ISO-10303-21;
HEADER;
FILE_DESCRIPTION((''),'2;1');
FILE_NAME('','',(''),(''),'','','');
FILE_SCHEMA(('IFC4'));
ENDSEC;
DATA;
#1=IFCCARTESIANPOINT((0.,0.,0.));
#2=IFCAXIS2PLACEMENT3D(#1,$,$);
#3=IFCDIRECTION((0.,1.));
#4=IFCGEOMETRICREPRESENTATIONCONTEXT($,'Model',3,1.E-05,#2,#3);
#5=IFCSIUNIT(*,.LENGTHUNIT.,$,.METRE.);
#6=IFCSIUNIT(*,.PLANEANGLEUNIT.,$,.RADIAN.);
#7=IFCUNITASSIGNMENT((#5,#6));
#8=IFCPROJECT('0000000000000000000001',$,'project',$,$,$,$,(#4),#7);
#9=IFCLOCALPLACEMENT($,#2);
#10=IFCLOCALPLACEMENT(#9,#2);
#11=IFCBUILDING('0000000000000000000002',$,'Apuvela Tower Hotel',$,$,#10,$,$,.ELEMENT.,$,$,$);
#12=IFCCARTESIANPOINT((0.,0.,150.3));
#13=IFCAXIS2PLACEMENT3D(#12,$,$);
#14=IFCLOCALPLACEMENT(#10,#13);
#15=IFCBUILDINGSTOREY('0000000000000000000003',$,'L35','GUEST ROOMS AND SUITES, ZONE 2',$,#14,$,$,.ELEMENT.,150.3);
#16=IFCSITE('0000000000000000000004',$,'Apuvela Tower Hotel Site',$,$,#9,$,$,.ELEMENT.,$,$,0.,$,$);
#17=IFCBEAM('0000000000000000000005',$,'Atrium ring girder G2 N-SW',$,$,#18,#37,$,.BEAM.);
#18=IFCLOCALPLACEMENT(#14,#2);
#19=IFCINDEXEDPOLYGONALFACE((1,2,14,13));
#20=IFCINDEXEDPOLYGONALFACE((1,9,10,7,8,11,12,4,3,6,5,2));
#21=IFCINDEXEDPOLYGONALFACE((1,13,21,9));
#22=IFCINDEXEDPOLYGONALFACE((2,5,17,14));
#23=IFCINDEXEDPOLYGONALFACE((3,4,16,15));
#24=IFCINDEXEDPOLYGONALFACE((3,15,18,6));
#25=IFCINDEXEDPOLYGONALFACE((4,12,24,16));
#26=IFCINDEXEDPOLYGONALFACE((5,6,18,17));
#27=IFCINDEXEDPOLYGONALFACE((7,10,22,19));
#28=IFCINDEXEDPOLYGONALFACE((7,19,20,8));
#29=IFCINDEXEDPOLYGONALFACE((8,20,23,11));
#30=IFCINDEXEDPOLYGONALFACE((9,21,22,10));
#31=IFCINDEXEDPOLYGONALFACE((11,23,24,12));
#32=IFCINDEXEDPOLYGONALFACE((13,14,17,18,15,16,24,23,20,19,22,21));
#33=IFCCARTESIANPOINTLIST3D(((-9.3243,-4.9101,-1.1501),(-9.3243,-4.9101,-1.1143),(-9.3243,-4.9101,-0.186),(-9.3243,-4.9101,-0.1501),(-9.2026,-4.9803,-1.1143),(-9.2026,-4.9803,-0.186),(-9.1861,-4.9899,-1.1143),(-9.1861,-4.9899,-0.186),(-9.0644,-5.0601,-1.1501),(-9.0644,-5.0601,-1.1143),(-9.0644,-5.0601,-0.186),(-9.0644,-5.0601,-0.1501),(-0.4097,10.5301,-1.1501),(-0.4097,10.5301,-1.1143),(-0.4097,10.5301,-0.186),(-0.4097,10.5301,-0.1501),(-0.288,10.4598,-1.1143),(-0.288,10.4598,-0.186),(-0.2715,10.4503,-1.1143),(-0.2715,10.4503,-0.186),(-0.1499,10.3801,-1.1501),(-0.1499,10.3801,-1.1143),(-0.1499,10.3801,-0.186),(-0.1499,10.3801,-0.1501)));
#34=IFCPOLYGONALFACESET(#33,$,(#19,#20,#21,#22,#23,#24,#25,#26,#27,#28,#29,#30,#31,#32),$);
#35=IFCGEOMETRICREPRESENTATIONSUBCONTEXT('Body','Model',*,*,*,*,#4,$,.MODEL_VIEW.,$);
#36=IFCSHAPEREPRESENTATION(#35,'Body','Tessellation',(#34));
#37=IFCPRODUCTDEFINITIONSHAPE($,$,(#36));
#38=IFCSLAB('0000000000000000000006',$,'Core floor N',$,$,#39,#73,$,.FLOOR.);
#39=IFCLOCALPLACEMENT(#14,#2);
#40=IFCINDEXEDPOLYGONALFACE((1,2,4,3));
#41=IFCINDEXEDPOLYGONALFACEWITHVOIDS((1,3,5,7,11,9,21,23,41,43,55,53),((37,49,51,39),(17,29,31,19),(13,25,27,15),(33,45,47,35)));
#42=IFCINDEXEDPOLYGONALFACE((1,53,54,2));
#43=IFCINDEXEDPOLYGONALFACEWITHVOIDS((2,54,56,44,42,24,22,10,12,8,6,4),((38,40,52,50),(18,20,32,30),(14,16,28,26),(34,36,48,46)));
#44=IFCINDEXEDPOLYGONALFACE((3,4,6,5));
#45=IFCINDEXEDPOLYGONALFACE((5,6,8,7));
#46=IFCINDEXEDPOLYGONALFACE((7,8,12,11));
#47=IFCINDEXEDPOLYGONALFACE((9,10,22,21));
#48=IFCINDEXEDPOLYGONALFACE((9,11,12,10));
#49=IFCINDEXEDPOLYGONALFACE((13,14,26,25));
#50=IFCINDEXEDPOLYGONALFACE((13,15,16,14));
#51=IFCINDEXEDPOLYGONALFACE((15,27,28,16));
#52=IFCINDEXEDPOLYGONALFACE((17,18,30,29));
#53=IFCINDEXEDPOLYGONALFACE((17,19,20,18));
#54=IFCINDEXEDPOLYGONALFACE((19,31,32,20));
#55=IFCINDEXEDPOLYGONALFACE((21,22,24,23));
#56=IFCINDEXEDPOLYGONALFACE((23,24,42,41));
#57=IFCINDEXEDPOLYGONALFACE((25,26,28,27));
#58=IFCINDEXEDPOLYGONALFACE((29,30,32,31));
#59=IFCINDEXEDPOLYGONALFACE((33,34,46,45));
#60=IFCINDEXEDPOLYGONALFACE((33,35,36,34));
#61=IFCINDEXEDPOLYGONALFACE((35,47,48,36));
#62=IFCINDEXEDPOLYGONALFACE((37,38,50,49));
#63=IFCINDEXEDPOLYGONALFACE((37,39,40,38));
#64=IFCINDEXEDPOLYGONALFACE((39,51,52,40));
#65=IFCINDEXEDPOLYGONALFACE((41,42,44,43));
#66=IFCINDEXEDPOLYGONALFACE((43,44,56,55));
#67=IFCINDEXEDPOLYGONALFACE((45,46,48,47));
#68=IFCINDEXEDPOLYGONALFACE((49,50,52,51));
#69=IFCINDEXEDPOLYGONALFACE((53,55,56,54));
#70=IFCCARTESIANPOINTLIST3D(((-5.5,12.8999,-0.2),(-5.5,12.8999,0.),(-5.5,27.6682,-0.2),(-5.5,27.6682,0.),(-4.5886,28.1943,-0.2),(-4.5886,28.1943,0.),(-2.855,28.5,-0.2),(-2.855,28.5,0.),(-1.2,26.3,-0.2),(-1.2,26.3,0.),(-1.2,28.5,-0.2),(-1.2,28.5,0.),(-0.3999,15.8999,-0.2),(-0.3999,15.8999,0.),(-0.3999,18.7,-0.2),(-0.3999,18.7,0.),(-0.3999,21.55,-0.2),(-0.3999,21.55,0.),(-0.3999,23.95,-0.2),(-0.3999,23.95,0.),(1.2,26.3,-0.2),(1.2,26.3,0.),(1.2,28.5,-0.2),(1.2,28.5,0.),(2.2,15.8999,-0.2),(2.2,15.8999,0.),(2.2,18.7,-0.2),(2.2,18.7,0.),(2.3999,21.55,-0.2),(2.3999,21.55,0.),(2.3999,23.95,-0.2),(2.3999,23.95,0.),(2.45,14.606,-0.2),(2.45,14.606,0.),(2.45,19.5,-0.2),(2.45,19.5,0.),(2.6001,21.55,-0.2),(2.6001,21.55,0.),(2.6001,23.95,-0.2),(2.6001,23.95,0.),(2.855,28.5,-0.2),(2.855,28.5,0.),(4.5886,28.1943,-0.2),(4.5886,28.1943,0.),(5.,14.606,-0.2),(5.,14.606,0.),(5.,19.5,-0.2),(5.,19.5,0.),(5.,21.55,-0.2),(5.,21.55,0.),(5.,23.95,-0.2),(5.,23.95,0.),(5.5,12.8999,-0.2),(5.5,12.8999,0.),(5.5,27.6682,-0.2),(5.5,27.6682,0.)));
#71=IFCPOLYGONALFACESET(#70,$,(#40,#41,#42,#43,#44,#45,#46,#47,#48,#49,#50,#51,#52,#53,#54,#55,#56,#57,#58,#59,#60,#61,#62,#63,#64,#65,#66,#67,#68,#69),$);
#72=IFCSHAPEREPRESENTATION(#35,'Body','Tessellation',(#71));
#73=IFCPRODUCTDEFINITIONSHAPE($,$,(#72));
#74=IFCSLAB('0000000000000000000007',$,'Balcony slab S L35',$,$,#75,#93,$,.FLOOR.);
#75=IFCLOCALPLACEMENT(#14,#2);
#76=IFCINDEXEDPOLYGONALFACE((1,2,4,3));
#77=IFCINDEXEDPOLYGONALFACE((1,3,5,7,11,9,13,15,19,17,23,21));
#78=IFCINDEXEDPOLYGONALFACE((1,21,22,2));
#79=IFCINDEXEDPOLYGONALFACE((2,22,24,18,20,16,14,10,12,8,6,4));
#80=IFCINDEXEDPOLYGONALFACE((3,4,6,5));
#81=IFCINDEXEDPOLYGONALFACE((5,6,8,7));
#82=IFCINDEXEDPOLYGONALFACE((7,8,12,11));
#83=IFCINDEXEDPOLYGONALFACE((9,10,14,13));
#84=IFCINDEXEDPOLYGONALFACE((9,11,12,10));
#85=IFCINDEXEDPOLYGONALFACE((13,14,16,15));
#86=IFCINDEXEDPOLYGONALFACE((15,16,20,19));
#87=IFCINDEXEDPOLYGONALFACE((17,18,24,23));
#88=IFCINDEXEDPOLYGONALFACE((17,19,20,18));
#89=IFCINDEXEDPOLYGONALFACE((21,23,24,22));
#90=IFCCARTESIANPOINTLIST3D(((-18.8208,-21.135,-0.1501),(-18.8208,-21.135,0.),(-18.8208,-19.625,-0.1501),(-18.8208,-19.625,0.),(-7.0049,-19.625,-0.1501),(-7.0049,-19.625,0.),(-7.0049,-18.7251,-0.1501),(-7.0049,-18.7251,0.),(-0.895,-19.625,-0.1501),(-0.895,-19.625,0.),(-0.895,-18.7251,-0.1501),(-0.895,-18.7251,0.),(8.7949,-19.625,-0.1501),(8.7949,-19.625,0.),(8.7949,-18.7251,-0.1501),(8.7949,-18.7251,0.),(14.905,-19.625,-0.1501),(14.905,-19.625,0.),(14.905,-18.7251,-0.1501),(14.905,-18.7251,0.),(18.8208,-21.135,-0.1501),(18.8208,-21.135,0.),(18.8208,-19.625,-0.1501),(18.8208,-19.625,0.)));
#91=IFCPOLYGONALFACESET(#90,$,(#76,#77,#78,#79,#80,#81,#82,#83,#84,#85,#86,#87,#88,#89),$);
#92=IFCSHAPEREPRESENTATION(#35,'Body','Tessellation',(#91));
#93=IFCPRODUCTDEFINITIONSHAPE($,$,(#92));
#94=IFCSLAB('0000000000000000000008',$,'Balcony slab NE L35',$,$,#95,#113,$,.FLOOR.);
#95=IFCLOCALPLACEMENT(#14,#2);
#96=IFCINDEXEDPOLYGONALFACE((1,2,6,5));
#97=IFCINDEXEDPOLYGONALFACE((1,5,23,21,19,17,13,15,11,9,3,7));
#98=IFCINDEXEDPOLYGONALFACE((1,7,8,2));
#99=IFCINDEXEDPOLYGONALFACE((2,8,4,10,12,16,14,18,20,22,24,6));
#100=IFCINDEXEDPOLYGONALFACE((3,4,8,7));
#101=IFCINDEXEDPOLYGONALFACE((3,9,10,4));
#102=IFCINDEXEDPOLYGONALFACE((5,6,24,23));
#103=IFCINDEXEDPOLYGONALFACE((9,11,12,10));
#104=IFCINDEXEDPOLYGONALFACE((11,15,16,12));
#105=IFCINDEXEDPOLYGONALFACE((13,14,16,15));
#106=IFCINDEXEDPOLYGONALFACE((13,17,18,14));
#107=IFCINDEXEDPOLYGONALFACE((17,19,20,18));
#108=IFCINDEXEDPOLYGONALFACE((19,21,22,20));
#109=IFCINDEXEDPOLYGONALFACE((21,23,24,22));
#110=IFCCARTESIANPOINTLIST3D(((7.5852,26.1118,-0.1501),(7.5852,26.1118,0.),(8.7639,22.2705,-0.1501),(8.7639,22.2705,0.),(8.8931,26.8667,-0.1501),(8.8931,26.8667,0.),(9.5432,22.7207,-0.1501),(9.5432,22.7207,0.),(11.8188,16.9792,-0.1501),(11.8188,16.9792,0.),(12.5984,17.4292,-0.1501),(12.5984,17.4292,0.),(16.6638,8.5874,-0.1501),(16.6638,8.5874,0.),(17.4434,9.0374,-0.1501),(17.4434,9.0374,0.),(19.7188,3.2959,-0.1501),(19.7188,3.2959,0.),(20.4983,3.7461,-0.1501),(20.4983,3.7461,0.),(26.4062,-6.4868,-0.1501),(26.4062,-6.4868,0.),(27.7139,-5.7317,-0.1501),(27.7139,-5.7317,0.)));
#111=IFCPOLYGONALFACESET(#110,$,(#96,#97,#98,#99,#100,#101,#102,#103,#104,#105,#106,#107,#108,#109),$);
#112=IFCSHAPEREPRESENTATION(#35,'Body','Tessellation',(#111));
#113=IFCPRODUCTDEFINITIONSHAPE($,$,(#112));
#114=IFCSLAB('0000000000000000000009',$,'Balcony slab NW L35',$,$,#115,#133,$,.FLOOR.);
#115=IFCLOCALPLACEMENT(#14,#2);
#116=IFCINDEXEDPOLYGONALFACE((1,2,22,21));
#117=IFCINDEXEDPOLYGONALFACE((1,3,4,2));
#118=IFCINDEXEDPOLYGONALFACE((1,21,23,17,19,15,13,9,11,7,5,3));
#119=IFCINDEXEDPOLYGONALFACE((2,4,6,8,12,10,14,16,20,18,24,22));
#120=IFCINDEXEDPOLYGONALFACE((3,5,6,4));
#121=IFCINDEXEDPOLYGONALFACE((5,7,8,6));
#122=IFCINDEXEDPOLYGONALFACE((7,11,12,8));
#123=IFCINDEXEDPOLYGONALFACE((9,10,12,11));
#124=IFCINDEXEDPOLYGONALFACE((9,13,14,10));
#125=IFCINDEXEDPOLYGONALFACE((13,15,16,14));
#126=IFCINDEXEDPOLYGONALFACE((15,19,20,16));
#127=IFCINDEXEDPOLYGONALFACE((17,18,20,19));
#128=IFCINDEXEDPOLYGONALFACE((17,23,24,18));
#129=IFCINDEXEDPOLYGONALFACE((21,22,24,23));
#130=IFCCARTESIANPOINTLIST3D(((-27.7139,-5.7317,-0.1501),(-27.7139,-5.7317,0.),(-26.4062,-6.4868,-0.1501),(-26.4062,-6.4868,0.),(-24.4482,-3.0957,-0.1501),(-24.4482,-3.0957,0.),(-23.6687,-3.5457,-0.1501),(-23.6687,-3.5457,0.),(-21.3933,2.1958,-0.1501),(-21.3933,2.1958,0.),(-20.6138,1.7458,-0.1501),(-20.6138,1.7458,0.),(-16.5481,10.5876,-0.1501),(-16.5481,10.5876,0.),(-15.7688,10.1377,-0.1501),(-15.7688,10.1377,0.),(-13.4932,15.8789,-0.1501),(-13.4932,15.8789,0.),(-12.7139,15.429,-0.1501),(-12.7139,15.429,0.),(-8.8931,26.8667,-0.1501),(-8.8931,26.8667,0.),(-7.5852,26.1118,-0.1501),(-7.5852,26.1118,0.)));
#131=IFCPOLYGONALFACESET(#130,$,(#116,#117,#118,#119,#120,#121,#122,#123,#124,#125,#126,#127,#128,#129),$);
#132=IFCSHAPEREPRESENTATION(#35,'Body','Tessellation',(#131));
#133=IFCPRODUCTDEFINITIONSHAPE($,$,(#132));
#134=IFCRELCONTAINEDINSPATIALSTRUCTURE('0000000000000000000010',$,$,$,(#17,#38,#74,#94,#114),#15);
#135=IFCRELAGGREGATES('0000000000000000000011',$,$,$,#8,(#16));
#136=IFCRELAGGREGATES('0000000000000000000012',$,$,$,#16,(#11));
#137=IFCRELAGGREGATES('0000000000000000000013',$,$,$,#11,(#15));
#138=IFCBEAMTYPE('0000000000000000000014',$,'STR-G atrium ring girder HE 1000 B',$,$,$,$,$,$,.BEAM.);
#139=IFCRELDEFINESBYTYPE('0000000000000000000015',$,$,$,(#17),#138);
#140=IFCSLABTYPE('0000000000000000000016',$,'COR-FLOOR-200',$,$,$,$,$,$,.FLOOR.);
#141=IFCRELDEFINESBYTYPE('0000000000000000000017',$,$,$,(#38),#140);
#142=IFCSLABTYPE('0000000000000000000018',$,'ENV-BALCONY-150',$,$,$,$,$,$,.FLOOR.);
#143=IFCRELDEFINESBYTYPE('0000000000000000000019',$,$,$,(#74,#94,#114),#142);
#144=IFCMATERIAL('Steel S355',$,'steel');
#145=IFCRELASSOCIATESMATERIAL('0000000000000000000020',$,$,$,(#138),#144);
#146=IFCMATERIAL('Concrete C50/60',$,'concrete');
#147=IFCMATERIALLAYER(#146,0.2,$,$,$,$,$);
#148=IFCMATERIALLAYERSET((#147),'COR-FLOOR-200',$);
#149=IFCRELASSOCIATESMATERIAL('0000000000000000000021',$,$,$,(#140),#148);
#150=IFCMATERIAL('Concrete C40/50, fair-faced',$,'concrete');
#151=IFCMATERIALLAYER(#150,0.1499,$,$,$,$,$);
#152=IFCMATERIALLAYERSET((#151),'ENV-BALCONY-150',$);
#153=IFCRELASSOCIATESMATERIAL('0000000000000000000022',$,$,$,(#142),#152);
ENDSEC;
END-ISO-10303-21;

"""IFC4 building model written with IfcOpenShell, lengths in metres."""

from ifc_helpers import new_model, si_unit, direction, frame, origin, origin_2d, place, context, subcontext, project, spatial, polyline, i_section, outline, extrude, material, layer, layer_set, material_profile, profile_set, type_object, element, save


model = new_model("IFC4")

# Units and contexts
model_context = context("Model", 3, precision=1e-05, world=origin(), true_north=direction((0.0, 1.0)))
body_context = subcontext(model_context, "Body", "Model", "MODEL_VIEW")
ifc_project = project(units=[si_unit("LENGTHUNIT", "METRE"), si_unit("PLANEANGLEUNIT", "RADIAN")], contexts=[model_context])

# Site, building, storey
site_placement = place(None, origin())
site = spatial("IfcSite", under=ifc_project, at=site_placement, Name="Apuvela Tower Hotel Site", CompositionType="ELEMENT", RefElevation=0.0)
building_placement = place(site_placement, origin())
building = spatial("IfcBuilding", under=site, at=building_placement, Name="Apuvela Tower Hotel", CompositionType="ELEMENT")
storey_placement = place(building_placement, frame((0.0, 0.0, 150.3)))
storey = spatial("IfcBuildingStorey", under=building, at=storey_placement, Name="L35", Description="GUEST ROOMS AND SUITES, ZONE 2", CompositionType="ELEMENT", Elevation=150.3)

# Beam
ifc_material_1 = material(Name="Steel S355", Category="steel")
ifc_material_profile = material_profile(ifc_material_1, i_section(OverallWidth=0.3, OverallDepth=1.0, WebThickness=0.019, FlangeThickness=0.0359, at=origin_2d()), Name="HE 1000 B")
ifc_profile_set = profile_set([ifc_material_profile], Name="Steel S355")
beam_type = type_object("IfcBeamType", Name="STR-G atrium ring girder HE 1000 B", PredefinedType="BEAM", material=ifc_profile_set)
beam_placement = place(storey_placement, frame((-0.2798, 10.4551, -0.6501), z_axis=(-0.500007, -0.866022, 0.0), x_axis=(0.866022, -0.500007, 0.0)))
element("IfcBeam", 1, at=beam_placement, inside=storey, type_object=beam_type, Name="Atrium ring girder G2 N-SW", PredefinedType="BEAM", context=body_context, shape_type="SweptSolid", body=[
    extrude(i_section(OverallWidth=0.3, OverallDepth=1.0, WebThickness=0.019, FlangeThickness=0.0359, at=origin_2d()), origin(), (0.0, 0.0, 1.0), 17.8289),
])

# Slabs
ifc_material_2 = material(Name="Concrete C50/60", Category="concrete")
ifc_layer_1 = layer(ifc_material_2, 0.2)
ifc_layer_set_1 = layer_set([ifc_layer_1], Name="COR-FLOOR-200")
slab_type_1 = type_object("IfcSlabType", Name="COR-FLOOR-200", PredefinedType="FLOOR", material=ifc_layer_set_1)
slab_1_placement = place(storey_placement, frame((0.0, 0.0, -0.2)))
element("IfcSlab", 2, at=slab_1_placement, inside=storey, type_object=slab_type_1, Name="Core floor N", PredefinedType="FLOOR", context=body_context, shape_type="SweptSolid", body=[
    extrude(outline(polyline([(5.5, 27.6682), (4.5886, 28.1943), (2.855, 28.5), (1.2, 28.5), (1.2, 26.3), (-1.2, 26.3), (-1.2, 28.5), (-2.855, 28.5), (-4.5886, 28.1943), (-5.5, 27.6682), (-5.5, 12.8999), (5.5, 12.8999), (5.5, 27.6682)]), holes=[polyline([(5.0, 14.606), (2.45, 14.606), (2.45, 19.5), (5.0, 19.5), (5.0, 14.606)]), polyline([(2.2, 15.8999), (-0.3999, 15.8999), (-0.3999, 18.7), (2.2, 18.7), (2.2, 15.8999)]), polyline([(5.0, 21.55), (2.6001, 21.55), (2.6001, 23.95), (5.0, 23.95), (5.0, 21.55)]), polyline([(2.3999, 21.55), (-0.3999, 21.55), (-0.3999, 23.95), (2.3999, 23.95), (2.3999, 21.55)])]), origin(), (0.0, 0.0, 1.0), 0.2),
])
ifc_material_3 = material(Name="Concrete C40/50, fair-faced", Category="concrete")
ifc_layer_2 = layer(ifc_material_3, 0.1499)
ifc_layer_set_2 = layer_set([ifc_layer_2], Name="ENV-BALCONY-150")
slab_type_2 = type_object("IfcSlabType", Name="ENV-BALCONY-150", PredefinedType="FLOOR", material=ifc_layer_set_2)
slab_2_placement = place(storey_placement, frame((0.0, 0.0, -0.1501)))
element("IfcSlab", 3, at=slab_2_placement, inside=storey, type_object=slab_type_2, Name="Balcony slab S L35", PredefinedType="FLOOR", context=body_context, shape_type="SweptSolid", body=[
    extrude(outline(polyline([(18.8208, -21.135), (-18.8208, -21.135), (-18.8208, -19.625), (-7.0049, -19.625), (-7.0049, -18.7251), (-0.895, -18.7251), (-0.895, -19.625), (8.7949, -19.625), (8.7949, -18.7251), (14.905, -18.7251), (14.905, -19.625), (18.8208, -19.625), (18.8208, -21.135)])), origin(), (0.0, 0.0, 1.0), 0.1501),
])
slab_3_placement = place(storey_placement, frame((0.0, 0.0, -0.1501)))
element("IfcSlab", 4, at=slab_3_placement, inside=storey, type_object=slab_type_2, Name="Balcony slab NE L35", PredefinedType="FLOOR", context=body_context, shape_type="SweptSolid", body=[
    extrude(outline(polyline([(17.4434, 9.0374), (12.5984, 17.4292), (11.8188, 16.9792), (8.7639, 22.2705), (9.5432, 22.7207), (7.5852, 26.1118), (8.8931, 26.8667), (27.7139, -5.7317), (26.4062, -6.4868), (20.4983, 3.7461), (19.7188, 3.2959), (16.6638, 8.5874), (17.4434, 9.0374)])), origin(), (0.0, 0.0, 1.0), 0.1501),
])
slab_4_placement = place(storey_placement, frame((0.0, 0.0, -0.1501)))
element("IfcSlab", 5, at=slab_4_placement, inside=storey, type_object=slab_type_2, Name="Balcony slab NW L35", PredefinedType="FLOOR", context=body_context, shape_type="SweptSolid", body=[
    extrude(outline(polyline([(-27.7139, -5.7317), (-8.8931, 26.8667), (-7.5852, 26.1118), (-13.4932, 15.8789), (-12.7139, 15.429), (-15.7688, 10.1377), (-16.5481, 10.5876), (-21.3933, 2.1958), (-20.6138, 1.7458), (-23.6687, -3.5457), (-24.4482, -3.0957), (-26.4062, -6.4868), (-27.7139, -5.7317)])), origin(), (0.0, 0.0, 1.0), 0.1501),
])

save(model, "model.ifc")
